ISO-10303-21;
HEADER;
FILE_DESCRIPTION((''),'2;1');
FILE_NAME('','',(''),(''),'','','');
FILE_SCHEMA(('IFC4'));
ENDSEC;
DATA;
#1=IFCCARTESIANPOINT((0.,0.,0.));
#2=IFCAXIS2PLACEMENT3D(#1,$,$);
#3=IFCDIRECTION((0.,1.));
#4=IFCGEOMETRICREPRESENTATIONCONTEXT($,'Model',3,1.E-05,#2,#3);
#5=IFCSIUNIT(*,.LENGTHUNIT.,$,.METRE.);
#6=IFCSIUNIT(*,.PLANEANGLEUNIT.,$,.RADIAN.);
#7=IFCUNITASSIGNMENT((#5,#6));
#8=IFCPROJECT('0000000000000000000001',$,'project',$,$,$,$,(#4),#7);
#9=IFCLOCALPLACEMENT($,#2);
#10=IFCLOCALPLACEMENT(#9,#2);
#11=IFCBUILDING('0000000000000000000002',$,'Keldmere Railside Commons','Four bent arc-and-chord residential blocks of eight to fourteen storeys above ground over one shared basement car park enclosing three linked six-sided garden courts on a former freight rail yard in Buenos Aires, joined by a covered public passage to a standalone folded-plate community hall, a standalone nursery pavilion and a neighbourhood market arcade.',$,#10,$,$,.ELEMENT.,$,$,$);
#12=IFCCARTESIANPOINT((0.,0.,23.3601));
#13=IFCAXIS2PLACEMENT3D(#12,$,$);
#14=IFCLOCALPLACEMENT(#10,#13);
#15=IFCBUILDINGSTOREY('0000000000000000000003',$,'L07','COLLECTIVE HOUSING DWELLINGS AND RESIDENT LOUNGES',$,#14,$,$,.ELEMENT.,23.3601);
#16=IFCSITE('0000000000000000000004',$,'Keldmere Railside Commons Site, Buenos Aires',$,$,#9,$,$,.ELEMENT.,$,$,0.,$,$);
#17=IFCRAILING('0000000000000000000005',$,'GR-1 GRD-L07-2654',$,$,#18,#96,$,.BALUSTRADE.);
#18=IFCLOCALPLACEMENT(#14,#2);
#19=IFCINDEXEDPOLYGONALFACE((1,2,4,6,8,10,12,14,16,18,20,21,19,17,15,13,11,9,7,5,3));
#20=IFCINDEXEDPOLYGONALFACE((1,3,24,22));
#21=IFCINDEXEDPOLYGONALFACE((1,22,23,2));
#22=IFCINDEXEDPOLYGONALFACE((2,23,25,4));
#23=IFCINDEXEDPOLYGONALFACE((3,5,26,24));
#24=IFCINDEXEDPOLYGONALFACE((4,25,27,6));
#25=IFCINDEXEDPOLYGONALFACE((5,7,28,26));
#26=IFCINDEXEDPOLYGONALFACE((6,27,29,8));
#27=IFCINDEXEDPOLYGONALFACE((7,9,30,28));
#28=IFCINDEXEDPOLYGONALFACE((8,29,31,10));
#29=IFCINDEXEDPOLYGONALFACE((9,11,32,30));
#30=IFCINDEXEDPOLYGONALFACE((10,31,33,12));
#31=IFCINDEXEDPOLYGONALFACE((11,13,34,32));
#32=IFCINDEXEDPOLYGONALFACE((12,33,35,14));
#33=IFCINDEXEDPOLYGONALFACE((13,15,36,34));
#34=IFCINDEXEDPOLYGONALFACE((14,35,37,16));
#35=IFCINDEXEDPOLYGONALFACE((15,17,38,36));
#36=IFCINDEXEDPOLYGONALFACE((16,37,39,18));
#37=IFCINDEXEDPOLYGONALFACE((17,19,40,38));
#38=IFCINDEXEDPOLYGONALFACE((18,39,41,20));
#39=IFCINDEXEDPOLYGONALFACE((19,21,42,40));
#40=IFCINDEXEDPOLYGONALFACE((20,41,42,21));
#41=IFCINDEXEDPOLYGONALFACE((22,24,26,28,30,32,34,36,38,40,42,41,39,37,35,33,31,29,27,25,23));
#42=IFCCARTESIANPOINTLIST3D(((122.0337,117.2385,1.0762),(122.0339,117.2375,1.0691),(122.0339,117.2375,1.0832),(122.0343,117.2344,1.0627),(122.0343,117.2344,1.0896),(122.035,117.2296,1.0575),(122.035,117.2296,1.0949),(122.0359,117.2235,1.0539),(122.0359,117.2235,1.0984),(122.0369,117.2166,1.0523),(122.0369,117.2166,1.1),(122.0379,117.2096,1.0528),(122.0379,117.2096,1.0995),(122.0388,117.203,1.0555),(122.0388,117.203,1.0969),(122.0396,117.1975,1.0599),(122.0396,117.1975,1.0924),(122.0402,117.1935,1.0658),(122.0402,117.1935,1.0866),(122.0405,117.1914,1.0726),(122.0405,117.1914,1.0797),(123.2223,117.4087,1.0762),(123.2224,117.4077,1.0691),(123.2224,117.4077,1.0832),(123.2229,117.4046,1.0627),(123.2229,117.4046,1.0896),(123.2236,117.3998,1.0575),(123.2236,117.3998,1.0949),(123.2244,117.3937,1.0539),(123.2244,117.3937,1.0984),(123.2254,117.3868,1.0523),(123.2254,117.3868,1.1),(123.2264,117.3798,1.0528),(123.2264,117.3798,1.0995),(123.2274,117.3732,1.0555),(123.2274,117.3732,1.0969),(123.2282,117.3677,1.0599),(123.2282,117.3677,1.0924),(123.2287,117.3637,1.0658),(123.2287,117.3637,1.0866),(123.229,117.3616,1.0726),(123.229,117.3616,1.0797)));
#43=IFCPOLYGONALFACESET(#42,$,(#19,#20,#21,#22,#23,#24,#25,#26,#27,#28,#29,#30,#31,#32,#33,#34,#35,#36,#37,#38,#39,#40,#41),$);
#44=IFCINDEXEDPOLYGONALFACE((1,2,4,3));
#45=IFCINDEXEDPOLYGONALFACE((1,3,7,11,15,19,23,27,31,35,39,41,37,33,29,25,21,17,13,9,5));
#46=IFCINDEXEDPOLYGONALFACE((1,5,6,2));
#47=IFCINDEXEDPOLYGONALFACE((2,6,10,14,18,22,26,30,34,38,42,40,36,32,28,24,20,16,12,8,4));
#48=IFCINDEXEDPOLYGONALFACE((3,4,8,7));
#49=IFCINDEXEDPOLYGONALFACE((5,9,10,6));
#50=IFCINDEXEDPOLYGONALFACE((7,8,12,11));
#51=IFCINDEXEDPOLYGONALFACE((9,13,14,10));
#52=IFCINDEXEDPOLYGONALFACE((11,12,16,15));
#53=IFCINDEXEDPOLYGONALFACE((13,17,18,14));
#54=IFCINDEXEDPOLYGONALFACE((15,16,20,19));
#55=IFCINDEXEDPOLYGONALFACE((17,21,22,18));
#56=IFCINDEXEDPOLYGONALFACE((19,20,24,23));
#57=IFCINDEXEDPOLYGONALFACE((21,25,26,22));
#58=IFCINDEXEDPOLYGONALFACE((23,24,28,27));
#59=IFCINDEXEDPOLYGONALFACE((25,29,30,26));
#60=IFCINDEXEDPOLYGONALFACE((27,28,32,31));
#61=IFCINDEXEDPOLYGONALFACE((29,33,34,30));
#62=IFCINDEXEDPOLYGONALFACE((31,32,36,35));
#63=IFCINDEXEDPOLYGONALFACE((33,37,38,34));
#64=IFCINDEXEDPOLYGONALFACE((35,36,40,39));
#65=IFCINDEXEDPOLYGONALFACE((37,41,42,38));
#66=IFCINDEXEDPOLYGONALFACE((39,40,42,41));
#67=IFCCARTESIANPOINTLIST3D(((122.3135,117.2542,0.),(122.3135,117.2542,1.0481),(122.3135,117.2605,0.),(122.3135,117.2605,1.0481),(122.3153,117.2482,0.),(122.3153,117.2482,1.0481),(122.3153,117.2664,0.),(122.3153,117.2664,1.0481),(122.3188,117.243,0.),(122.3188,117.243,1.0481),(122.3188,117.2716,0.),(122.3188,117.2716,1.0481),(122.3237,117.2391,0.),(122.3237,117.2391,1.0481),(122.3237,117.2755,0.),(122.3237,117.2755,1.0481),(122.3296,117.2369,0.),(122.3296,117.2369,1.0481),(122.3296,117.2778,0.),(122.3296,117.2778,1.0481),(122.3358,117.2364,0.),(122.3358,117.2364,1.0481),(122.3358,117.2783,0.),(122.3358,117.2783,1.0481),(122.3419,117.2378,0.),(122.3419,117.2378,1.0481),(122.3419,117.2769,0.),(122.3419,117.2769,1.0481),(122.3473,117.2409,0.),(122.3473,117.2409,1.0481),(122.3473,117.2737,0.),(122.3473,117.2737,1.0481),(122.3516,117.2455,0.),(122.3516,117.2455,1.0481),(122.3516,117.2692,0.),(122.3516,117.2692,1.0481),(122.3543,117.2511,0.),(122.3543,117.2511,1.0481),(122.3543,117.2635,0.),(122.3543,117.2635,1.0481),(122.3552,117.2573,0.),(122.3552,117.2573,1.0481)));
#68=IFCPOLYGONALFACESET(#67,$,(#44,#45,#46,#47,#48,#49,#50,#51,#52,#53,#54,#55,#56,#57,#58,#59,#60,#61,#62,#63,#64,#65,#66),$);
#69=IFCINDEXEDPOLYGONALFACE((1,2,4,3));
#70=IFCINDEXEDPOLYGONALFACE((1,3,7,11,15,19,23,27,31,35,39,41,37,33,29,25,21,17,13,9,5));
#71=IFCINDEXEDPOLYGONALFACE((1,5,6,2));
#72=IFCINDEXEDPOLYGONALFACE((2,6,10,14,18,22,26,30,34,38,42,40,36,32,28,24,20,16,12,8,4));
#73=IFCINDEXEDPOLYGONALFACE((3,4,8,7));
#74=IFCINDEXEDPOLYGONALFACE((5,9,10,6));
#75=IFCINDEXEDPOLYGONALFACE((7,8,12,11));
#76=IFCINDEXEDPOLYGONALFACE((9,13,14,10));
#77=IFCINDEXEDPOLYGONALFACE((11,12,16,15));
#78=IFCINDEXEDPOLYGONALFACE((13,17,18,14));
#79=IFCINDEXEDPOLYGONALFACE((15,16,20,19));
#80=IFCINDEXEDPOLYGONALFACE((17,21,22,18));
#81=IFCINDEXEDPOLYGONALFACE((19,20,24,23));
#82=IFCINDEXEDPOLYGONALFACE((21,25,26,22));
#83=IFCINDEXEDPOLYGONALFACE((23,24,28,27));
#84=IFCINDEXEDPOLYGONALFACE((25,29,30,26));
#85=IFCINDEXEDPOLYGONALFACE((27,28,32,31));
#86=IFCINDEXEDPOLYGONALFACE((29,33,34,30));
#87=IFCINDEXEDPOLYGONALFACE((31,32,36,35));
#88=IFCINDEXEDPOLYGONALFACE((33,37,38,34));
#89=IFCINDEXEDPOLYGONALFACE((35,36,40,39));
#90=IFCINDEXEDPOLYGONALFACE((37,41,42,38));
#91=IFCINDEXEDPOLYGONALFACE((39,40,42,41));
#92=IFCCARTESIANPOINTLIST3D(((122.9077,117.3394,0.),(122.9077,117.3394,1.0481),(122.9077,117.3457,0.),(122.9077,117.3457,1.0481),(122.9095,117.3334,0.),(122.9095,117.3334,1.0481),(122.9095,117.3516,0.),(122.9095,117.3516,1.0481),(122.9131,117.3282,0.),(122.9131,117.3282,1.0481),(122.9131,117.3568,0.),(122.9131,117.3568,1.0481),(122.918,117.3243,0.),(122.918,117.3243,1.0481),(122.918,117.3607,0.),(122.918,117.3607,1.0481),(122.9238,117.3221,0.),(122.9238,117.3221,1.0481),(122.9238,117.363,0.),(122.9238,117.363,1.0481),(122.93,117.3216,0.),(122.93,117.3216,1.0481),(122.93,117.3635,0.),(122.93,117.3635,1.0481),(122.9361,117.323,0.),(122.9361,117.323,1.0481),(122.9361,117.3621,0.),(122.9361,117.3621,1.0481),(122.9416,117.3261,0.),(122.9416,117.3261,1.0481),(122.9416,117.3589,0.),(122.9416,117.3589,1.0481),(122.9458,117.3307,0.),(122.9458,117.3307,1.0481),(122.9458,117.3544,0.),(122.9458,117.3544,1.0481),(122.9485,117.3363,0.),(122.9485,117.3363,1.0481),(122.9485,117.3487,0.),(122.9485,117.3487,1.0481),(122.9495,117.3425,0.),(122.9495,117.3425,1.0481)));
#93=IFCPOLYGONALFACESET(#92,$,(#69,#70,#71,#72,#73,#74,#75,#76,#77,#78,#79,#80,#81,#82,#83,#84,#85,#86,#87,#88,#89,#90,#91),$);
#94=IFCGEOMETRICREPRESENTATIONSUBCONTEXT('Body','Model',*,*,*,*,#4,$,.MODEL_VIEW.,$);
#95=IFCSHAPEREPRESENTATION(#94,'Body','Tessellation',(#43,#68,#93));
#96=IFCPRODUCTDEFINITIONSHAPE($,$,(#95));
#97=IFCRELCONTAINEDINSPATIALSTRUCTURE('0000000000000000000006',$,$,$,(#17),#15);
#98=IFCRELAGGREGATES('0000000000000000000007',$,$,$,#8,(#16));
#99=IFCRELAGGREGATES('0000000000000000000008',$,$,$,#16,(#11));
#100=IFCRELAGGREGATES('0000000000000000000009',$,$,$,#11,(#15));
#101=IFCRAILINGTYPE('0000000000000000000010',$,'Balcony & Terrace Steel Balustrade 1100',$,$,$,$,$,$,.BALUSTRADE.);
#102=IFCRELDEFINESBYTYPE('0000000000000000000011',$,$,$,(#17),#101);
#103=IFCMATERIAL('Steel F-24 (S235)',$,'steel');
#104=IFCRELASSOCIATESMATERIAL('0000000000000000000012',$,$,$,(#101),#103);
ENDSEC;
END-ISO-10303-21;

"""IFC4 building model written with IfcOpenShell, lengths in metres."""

from ifc_helpers import new_model, si_unit, direction, frame, origin, origin_2d, place, context, subcontext, project, spatial, circle, extrude, material, type_object, element, save


model = new_model("IFC4")

# Units and contexts
model_context = context("Model", 3, precision=1e-05, world=origin(), true_north=direction((0.0, 1.0)))
body_context = subcontext(model_context, "Body", "Model", "MODEL_VIEW")
ifc_project = project(units=[si_unit("LENGTHUNIT", "METRE"), si_unit("PLANEANGLEUNIT", "RADIAN")], contexts=[model_context])

# Site, building, storey
site_placement = place(None, origin())
site = spatial("IfcSite", under=ifc_project, at=site_placement, Name="Keldmere Railside Commons Site, Buenos Aires", CompositionType="ELEMENT", RefElevation=0.0)
building_placement = place(site_placement, origin())
building = spatial("IfcBuilding", under=site, at=building_placement, Name="Keldmere Railside Commons", Description="Four bent arc-and-chord residential blocks of eight to fourteen storeys above ground over one shared basement car park enclosing three linked six-sided garden courts on a former freight rail yard in Buenos Aires, joined by a covered public passage to a standalone folded-plate community hall, a standalone nursery pavilion and a neighbourhood market arcade.", CompositionType="ELEMENT")
storey_placement = place(building_placement, frame((0.0, 0.0, 23.3601)))
storey = spatial("IfcBuildingStorey", under=building, at=storey_placement, Name="L07", Description="COLLECTIVE HOUSING DWELLINGS AND RESIDENT LOUNGES", CompositionType="ELEMENT", Elevation=23.3601)

# Shared definitions
ifc_material_1 = material(Name="Steel F-24 (S235)", Category="steel")

# Railing
railing_type = type_object("IfcRailingType", Name="Balcony & Terrace Steel Balustrade 1100", PredefinedType="BALUSTRADE", material=ifc_material_1)
railing_1_placement = place(storey_placement, frame((122.0371, 117.2148, 0.0)))
element("IfcRailing", 1, at=railing_1_placement, inside=storey, type_object=railing_type, Name="GR-1 GRD-L07-2654", PredefinedType="BALUSTRADE", context=body_context, shape_type="SweptSolid", body=[
    extrude(circle(Radius=0.0239, at=origin_2d()), frame((0.0, 0.0, 1.0762), z_axis=(0.989905, 0.141735, 0.0), x_axis=(-0.141735, 0.989905, 0.0)), (0.0, 0.0, 1.0), 1.2007),
    extrude(circle(Radius=0.021, at=origin_2d()), frame((0.2971, 0.0425, 0.0)), (0.0, 0.0, 1.0), 1.0481),
    extrude(circle(Radius=0.021, at=origin_2d()), frame((0.8914, 0.1277, 0.0)), (0.0, 0.0, 1.0), 1.0481),
])

save(model, "model.ifc")
